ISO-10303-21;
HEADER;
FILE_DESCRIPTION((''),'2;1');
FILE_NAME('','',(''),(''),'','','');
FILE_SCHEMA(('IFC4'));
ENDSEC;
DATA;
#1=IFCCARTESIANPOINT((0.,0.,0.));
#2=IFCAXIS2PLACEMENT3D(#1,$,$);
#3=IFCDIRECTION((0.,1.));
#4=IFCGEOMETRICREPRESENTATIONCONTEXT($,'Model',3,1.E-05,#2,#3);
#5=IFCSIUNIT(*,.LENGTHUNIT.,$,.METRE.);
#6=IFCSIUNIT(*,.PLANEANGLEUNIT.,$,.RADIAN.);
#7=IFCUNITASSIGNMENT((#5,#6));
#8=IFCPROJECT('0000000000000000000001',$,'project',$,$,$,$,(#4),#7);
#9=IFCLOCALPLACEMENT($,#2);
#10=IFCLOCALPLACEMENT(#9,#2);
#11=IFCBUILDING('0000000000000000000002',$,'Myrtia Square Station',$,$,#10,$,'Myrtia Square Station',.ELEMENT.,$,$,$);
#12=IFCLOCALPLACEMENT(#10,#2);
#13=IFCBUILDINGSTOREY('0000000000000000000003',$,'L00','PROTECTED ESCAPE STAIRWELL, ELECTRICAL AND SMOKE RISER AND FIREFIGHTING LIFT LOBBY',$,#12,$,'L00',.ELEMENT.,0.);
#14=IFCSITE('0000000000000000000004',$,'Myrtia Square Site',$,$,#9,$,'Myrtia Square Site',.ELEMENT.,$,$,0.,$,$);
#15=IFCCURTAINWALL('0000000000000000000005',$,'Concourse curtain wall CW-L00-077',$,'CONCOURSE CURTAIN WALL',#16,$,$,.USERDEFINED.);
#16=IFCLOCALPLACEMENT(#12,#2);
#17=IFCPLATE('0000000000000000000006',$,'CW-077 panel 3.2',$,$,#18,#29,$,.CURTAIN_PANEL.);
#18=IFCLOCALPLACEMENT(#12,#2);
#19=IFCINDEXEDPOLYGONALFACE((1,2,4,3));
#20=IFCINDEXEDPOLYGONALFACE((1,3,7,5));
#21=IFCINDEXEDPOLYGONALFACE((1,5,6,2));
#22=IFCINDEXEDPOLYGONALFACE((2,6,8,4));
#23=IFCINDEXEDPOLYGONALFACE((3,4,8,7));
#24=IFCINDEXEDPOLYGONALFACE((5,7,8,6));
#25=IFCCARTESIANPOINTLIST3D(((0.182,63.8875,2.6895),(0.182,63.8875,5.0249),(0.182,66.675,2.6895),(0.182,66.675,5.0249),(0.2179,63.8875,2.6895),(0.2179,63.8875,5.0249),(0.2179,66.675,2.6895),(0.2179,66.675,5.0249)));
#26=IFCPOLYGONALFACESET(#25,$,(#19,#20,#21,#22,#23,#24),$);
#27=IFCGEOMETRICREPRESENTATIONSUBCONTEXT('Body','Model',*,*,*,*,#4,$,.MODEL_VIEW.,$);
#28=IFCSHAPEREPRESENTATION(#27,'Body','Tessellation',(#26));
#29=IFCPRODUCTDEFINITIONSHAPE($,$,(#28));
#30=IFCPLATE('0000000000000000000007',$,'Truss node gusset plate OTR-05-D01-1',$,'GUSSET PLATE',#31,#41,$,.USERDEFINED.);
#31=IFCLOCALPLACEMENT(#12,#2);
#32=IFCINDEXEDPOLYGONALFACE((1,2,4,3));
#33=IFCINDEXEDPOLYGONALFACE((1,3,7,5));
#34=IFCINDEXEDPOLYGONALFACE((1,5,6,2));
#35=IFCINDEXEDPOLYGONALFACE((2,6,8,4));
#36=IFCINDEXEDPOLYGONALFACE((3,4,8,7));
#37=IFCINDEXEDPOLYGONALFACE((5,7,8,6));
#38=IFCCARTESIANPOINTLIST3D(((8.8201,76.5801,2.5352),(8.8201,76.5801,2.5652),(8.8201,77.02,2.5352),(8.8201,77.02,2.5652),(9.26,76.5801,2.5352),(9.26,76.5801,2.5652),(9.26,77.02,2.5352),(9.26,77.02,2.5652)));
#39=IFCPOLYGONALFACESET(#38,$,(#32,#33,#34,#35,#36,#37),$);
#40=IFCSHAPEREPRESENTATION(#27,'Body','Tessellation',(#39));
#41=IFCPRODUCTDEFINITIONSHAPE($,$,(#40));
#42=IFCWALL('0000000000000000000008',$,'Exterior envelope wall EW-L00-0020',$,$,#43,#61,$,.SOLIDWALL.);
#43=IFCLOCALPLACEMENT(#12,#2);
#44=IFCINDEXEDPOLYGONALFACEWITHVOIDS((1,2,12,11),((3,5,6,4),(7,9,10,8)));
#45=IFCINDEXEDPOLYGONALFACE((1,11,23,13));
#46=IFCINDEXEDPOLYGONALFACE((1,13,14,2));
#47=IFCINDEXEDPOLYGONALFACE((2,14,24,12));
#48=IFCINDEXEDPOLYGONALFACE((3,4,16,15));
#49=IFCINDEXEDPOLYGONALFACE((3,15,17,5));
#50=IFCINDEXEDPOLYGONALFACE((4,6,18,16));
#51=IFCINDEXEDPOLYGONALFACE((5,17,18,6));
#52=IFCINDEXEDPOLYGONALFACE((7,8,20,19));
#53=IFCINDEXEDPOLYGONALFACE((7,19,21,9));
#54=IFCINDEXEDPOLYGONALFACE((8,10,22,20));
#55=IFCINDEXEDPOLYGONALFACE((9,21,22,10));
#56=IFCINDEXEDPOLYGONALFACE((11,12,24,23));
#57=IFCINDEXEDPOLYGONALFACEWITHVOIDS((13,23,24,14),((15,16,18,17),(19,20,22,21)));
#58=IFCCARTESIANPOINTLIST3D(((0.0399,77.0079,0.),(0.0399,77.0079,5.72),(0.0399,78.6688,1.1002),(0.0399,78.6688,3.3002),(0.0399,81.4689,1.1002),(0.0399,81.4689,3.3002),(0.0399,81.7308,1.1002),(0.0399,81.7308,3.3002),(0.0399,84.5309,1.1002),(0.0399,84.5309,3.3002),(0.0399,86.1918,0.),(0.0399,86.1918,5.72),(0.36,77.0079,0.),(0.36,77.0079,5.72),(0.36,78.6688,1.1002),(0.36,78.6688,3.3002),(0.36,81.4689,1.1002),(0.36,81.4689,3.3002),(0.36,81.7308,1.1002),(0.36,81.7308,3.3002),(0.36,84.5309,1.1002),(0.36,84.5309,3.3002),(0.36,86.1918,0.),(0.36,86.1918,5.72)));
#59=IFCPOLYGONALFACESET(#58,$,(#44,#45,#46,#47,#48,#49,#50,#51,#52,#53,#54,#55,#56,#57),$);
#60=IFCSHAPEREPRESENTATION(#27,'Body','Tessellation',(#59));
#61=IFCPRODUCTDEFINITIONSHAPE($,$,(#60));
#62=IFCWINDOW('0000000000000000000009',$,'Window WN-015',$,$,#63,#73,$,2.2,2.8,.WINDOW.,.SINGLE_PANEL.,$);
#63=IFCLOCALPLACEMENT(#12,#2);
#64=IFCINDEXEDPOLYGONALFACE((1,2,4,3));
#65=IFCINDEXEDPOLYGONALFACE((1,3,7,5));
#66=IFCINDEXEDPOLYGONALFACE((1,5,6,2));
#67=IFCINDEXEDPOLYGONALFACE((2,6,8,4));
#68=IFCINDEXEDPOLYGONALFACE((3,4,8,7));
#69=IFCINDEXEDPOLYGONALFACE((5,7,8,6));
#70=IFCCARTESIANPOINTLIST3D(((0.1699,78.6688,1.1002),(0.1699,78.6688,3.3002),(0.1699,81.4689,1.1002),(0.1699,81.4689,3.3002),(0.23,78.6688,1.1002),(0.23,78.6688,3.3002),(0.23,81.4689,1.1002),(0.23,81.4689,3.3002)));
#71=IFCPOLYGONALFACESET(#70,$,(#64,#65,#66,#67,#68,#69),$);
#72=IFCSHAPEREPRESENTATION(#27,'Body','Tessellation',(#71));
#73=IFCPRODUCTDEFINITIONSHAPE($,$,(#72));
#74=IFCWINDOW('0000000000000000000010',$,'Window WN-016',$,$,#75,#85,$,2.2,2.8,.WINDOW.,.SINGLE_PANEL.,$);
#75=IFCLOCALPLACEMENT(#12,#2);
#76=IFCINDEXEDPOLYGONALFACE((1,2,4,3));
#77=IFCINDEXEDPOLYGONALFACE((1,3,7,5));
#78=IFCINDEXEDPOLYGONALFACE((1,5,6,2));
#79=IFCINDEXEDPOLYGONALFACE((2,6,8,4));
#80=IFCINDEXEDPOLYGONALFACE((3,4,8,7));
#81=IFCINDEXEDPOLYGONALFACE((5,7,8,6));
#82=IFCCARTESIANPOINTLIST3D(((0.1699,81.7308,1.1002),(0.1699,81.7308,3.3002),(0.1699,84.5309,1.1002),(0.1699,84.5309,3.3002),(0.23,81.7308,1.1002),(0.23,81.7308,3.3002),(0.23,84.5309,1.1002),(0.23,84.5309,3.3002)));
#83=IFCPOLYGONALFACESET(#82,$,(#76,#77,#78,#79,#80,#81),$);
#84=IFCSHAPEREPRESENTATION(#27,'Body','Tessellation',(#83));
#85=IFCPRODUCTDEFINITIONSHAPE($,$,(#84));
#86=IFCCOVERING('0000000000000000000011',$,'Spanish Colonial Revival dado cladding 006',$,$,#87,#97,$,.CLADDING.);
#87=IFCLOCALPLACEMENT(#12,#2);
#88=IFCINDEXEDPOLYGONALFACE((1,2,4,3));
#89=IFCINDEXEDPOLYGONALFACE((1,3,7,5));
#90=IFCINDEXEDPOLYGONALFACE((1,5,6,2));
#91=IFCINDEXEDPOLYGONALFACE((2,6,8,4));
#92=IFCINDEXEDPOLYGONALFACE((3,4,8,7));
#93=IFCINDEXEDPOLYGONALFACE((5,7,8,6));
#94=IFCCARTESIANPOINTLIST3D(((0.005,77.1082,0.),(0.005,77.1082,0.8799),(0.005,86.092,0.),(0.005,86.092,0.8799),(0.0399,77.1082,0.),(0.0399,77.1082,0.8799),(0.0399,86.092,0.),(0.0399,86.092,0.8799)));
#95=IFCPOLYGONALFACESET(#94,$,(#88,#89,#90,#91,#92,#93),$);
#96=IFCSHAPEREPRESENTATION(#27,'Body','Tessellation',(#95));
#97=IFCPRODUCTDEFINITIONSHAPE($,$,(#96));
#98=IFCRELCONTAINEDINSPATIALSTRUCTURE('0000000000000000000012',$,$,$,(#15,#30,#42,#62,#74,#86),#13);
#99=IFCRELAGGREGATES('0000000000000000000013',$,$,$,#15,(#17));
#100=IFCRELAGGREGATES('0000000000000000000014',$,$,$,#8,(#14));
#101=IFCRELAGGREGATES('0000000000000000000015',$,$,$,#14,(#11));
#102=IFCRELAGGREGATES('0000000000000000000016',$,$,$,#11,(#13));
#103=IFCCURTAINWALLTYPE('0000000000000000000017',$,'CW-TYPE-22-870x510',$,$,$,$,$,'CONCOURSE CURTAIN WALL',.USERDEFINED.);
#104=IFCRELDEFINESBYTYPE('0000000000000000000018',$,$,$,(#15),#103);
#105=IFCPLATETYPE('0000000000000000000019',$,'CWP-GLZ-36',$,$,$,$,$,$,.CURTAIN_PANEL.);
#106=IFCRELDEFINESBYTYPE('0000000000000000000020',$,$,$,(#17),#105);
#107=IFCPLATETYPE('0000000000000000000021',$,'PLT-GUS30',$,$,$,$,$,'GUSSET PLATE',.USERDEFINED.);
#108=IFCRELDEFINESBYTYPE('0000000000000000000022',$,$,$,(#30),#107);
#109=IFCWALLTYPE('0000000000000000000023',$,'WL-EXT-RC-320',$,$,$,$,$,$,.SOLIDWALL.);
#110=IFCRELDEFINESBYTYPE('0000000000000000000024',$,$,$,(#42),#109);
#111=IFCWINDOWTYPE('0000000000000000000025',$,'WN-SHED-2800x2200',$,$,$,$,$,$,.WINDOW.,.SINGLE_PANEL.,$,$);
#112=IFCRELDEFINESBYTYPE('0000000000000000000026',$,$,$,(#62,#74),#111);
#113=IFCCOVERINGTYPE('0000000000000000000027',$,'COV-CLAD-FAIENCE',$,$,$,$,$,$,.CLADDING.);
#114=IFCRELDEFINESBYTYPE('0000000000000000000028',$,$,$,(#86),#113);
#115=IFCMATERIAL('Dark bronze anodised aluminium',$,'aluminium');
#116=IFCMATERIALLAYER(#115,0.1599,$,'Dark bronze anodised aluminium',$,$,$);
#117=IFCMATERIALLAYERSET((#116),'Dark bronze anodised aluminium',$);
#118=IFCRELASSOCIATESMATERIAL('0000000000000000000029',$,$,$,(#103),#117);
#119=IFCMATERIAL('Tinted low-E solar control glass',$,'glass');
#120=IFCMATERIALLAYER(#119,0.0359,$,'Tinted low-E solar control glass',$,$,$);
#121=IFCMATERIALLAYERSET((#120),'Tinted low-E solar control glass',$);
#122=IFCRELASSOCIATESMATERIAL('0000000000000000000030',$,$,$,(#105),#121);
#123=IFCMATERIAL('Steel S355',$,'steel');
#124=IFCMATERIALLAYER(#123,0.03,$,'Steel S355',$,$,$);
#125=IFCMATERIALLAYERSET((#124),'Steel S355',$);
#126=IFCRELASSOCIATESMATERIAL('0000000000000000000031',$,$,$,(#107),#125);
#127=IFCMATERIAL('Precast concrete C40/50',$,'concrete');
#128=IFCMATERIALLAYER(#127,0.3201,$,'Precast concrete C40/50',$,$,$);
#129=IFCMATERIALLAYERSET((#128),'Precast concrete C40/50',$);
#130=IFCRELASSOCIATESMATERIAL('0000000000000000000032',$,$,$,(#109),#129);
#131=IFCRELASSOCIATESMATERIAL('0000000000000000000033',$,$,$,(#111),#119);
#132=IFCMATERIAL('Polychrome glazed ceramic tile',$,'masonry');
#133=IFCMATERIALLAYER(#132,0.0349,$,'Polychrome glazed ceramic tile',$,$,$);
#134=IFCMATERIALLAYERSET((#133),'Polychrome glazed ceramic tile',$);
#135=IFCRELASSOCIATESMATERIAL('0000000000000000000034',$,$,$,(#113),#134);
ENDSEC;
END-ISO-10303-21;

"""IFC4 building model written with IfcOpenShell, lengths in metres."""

from ifc_helpers import new_model, si_unit, direction, frame, frame_2d, origin, origin_2d, place, context, subcontext, project, spatial, rectangle, extrude, material, layer, layer_set, type_object, element, fill, aggregate, save


model = new_model("IFC4")

# Units and contexts
model_context = context("Model", 3, precision=1e-05, world=origin(), true_north=direction((0.0, 1.0)))
body_context = subcontext(model_context, "Body", "Model", "MODEL_VIEW")
ifc_project = project(units=[si_unit("LENGTHUNIT", "METRE"), si_unit("PLANEANGLEUNIT", "RADIAN")], contexts=[model_context])

# Site, building, storey
site_placement = place(None, origin())
site = spatial("IfcSite", under=ifc_project, at=site_placement, Name="Myrtia Square Site", LongName="Myrtia Square Site", CompositionType="ELEMENT", RefElevation=0.0)
building_placement = place(site_placement, origin())
building = spatial("IfcBuilding", under=site, at=building_placement, Name="Myrtia Square Station", LongName="Myrtia Square Station", CompositionType="ELEMENT")
storey_placement = place(building_placement, origin())
storey = spatial("IfcBuildingStorey", under=building, at=storey_placement, Name="L00", Description="PROTECTED ESCAPE STAIRWELL, ELECTRICAL AND SMOKE RISER AND FIREFIGHTING LIFT LOBBY", LongName="L00", CompositionType="ELEMENT", Elevation=0.0)

# Shared definitions
ifc_material_1 = material(Name="Steel S355", Category="steel")

# Curtain wall
ifc_material_2 = material(Name="Dark bronze anodised aluminium", Category="aluminium")
ifc_layer_1 = layer(ifc_material_2, 0.1599, Name="Dark bronze anodised aluminium")
ifc_layer_set_1 = layer_set([ifc_layer_1], Name="Dark bronze anodised aluminium")
curtain_wall_type = type_object("IfcCurtainWallType", Name="CW-TYPE-22-870x510", ElementType="CONCOURSE CURTAIN WALL", PredefinedType="USERDEFINED", material=ifc_layer_set_1)
curtain_wall_1_placement = place(storey_placement, origin())
curtain_wall_1 = element("IfcCurtainWall", 1, at=curtain_wall_1_placement, inside=storey, type_object=curtain_wall_type, Name="Concourse curtain wall CW-L00-077", ObjectType="CONCOURSE CURTAIN WALL", PredefinedType="USERDEFINED")

# Shared definitions
ifc_material_3 = material(Name="Tinted low-E solar control glass", Category="glass")

# Plates
ifc_layer_2 = layer(ifc_material_3, 0.0359, Name="Tinted low-E solar control glass")
ifc_layer_set_2 = layer_set([ifc_layer_2], Name="Tinted low-E solar control glass")
plate_type_1 = type_object("IfcPlateType", Name="CWP-GLZ-36", PredefinedType="CURTAIN_PANEL", material=ifc_layer_set_2)
plate_1_placement = place(storey_placement, frame((0.2, 65.2812, 2.6895), z_axis=(0.0, 0.0, 1.0), x_axis=(0.0, 1.0, 0.0)))
plate_1 = element("IfcPlate", 2, at=plate_1_placement, type_object=plate_type_1, Name="CW-077 panel 3.2", PredefinedType="CURTAIN_PANEL", context=body_context, shape_type="SweptSolid", body=[
    extrude(rectangle(XDim=2.7876, YDim=0.0359, at=origin_2d()), origin(), (0.0, 0.0, 1.0), 2.3354),
])
aggregate(curtain_wall_1, [plate_1])
ifc_layer_3 = layer(ifc_material_1, 0.03, Name="Steel S355")
ifc_layer_set_3 = layer_set([ifc_layer_3], Name="Steel S355")
plate_type_2 = type_object("IfcPlateType", Name="PLT-GUS30", ElementType="GUSSET PLATE", PredefinedType="USERDEFINED", material=ifc_layer_set_3)
plate_2_placement = place(storey_placement, frame((9.04, 76.8, 2.5352), z_axis=(0.0, 0.0, 1.0), x_axis=(1.0, 0.0, 0.0)))
element("IfcPlate", 3, at=plate_2_placement, inside=storey, type_object=plate_type_2, Name="Truss node gusset plate OTR-05-D01-1", ObjectType="GUSSET PLATE", PredefinedType="USERDEFINED", context=body_context, shape_type="SweptSolid", body=[
    extrude(rectangle(XDim=0.4399, YDim=0.4399, at=origin_2d()), origin(), (0.0, 0.0, 1.0), 0.03),
])

# Wall, openings, windows
ifc_material_4 = material(Name="Precast concrete C40/50", Category="concrete")
ifc_layer_4 = layer(ifc_material_4, 0.3201, Name="Precast concrete C40/50")
ifc_layer_set_4 = layer_set([ifc_layer_4], Name="Precast concrete C40/50")
wall_type = type_object("IfcWallType", Name="WL-EXT-RC-320", PredefinedType="SOLIDWALL", material=ifc_layer_set_4)
wall_placement = place(storey_placement, frame((0.2, 77.0081, 0.0), z_axis=(0.0, 0.0, 1.0), x_axis=(0.0, 1.0, 0.0)))
wall = element("IfcWall", 4, at=wall_placement, inside=storey, type_object=wall_type, Name="Exterior envelope wall EW-L00-0020", PredefinedType="SOLIDWALL", context=body_context, shape_type="SweptSolid", body=[
    extrude(rectangle(XDim=9.1838, YDim=0.3201, at=frame_2d((4.5918, 0.0))), origin(), (0.0, 0.0, 1.0), 5.72),
])
opening_1_placement = place(wall_placement, frame((1.6609, 0.0, 1.1001)))
opening_1 = element("IfcOpeningElement", 5, at=opening_1_placement, cuts=wall, PredefinedType="OPENING", context=body_context, shape_type="SweptSolid", body=[
    extrude(rectangle(XDim=2.8, YDim=2.2, at=frame_2d((1.3999, 1.1001))), frame((0.0, 0.175, 0.0), z_axis=(0.0, -1.0, 0.0), x_axis=(1.0, 0.0, 0.0)), (0.0, 0.0, 1.0), 0.3501),
])
opening_2_placement = place(wall_placement, frame((4.7229, 0.0, 1.1001)))
opening_2 = element("IfcOpeningElement", 6, at=opening_2_placement, cuts=wall, PredefinedType="OPENING", context=body_context, shape_type="SweptSolid", body=[
    extrude(rectangle(XDim=2.8, YDim=2.2, at=frame_2d((1.3999, 1.1001))), frame((0.0, 0.175, 0.0), z_axis=(0.0, -1.0, 0.0), x_axis=(1.0, 0.0, 0.0)), (0.0, 0.0, 1.0), 0.3501),
])
window_type = type_object("IfcWindowType", Name="WN-SHED-2800x2200", PartitioningType="SINGLE_PANEL", PredefinedType="WINDOW", material=ifc_material_3)
window_1_placement = place(opening_1_placement, origin())
window_1 = element("IfcWindow", 7, at=window_1_placement, inside=storey, type_object=window_type, Name="Window WN-015", OverallHeight=2.2, OverallWidth=2.8, PartitioningType="SINGLE_PANEL", PredefinedType="WINDOW", context=body_context, shape_type="SweptSolid", body=[
    extrude(rectangle(XDim=2.8, YDim=2.2, at=frame_2d((1.3999, 1.1001))), frame((0.0, 0.03, 0.0), z_axis=(0.0, -1.0, 0.0), x_axis=(1.0, 0.0, 0.0)), (0.0, 0.0, 1.0), 0.0601),
])
fill(opening_1, window_1)
window_2_placement = place(opening_2_placement, origin())
window_2 = element("IfcWindow", 8, at=window_2_placement, inside=storey, type_object=window_type, Name="Window WN-016", OverallHeight=2.2, OverallWidth=2.8, PartitioningType="SINGLE_PANEL", PredefinedType="WINDOW", context=body_context, shape_type="SweptSolid", body=[
    extrude(rectangle(XDim=2.8, YDim=2.2, at=frame_2d((1.3999, 1.1001))), frame((0.0, 0.03, 0.0), z_axis=(0.0, -1.0, 0.0), x_axis=(1.0, 0.0, 0.0)), (0.0, 0.0, 1.0), 0.0601),
])
fill(opening_2, window_2)

# Covering
ifc_material_5 = material(Name="Polychrome glazed ceramic tile", Category="masonry")
ifc_layer_5 = layer(ifc_material_5, 0.0349, Name="Polychrome glazed ceramic tile")
ifc_layer_set_5 = layer_set([ifc_layer_5], Name="Polychrome glazed ceramic tile")
covering_type = type_object("IfcCoveringType", Name="COV-CLAD-FAIENCE", PredefinedType="CLADDING", material=ifc_layer_set_5)
covering_placement = place(storey_placement, frame((0.0225, 81.6001, 0.0), z_axis=(0.0, 0.0, 1.0), x_axis=(0.0, 1.0, 0.0)))
element("IfcCovering", 9, at=covering_placement, inside=storey, type_object=covering_type, Name="Spanish Colonial Revival dado cladding 006", PredefinedType="CLADDING", context=body_context, shape_type="SweptSolid", body=[
    extrude(rectangle(XDim=8.9839, YDim=0.0349, at=origin_2d()), origin(), (0.0, 0.0, 1.0), 0.8799),
])

save(model, "model.ifc")
